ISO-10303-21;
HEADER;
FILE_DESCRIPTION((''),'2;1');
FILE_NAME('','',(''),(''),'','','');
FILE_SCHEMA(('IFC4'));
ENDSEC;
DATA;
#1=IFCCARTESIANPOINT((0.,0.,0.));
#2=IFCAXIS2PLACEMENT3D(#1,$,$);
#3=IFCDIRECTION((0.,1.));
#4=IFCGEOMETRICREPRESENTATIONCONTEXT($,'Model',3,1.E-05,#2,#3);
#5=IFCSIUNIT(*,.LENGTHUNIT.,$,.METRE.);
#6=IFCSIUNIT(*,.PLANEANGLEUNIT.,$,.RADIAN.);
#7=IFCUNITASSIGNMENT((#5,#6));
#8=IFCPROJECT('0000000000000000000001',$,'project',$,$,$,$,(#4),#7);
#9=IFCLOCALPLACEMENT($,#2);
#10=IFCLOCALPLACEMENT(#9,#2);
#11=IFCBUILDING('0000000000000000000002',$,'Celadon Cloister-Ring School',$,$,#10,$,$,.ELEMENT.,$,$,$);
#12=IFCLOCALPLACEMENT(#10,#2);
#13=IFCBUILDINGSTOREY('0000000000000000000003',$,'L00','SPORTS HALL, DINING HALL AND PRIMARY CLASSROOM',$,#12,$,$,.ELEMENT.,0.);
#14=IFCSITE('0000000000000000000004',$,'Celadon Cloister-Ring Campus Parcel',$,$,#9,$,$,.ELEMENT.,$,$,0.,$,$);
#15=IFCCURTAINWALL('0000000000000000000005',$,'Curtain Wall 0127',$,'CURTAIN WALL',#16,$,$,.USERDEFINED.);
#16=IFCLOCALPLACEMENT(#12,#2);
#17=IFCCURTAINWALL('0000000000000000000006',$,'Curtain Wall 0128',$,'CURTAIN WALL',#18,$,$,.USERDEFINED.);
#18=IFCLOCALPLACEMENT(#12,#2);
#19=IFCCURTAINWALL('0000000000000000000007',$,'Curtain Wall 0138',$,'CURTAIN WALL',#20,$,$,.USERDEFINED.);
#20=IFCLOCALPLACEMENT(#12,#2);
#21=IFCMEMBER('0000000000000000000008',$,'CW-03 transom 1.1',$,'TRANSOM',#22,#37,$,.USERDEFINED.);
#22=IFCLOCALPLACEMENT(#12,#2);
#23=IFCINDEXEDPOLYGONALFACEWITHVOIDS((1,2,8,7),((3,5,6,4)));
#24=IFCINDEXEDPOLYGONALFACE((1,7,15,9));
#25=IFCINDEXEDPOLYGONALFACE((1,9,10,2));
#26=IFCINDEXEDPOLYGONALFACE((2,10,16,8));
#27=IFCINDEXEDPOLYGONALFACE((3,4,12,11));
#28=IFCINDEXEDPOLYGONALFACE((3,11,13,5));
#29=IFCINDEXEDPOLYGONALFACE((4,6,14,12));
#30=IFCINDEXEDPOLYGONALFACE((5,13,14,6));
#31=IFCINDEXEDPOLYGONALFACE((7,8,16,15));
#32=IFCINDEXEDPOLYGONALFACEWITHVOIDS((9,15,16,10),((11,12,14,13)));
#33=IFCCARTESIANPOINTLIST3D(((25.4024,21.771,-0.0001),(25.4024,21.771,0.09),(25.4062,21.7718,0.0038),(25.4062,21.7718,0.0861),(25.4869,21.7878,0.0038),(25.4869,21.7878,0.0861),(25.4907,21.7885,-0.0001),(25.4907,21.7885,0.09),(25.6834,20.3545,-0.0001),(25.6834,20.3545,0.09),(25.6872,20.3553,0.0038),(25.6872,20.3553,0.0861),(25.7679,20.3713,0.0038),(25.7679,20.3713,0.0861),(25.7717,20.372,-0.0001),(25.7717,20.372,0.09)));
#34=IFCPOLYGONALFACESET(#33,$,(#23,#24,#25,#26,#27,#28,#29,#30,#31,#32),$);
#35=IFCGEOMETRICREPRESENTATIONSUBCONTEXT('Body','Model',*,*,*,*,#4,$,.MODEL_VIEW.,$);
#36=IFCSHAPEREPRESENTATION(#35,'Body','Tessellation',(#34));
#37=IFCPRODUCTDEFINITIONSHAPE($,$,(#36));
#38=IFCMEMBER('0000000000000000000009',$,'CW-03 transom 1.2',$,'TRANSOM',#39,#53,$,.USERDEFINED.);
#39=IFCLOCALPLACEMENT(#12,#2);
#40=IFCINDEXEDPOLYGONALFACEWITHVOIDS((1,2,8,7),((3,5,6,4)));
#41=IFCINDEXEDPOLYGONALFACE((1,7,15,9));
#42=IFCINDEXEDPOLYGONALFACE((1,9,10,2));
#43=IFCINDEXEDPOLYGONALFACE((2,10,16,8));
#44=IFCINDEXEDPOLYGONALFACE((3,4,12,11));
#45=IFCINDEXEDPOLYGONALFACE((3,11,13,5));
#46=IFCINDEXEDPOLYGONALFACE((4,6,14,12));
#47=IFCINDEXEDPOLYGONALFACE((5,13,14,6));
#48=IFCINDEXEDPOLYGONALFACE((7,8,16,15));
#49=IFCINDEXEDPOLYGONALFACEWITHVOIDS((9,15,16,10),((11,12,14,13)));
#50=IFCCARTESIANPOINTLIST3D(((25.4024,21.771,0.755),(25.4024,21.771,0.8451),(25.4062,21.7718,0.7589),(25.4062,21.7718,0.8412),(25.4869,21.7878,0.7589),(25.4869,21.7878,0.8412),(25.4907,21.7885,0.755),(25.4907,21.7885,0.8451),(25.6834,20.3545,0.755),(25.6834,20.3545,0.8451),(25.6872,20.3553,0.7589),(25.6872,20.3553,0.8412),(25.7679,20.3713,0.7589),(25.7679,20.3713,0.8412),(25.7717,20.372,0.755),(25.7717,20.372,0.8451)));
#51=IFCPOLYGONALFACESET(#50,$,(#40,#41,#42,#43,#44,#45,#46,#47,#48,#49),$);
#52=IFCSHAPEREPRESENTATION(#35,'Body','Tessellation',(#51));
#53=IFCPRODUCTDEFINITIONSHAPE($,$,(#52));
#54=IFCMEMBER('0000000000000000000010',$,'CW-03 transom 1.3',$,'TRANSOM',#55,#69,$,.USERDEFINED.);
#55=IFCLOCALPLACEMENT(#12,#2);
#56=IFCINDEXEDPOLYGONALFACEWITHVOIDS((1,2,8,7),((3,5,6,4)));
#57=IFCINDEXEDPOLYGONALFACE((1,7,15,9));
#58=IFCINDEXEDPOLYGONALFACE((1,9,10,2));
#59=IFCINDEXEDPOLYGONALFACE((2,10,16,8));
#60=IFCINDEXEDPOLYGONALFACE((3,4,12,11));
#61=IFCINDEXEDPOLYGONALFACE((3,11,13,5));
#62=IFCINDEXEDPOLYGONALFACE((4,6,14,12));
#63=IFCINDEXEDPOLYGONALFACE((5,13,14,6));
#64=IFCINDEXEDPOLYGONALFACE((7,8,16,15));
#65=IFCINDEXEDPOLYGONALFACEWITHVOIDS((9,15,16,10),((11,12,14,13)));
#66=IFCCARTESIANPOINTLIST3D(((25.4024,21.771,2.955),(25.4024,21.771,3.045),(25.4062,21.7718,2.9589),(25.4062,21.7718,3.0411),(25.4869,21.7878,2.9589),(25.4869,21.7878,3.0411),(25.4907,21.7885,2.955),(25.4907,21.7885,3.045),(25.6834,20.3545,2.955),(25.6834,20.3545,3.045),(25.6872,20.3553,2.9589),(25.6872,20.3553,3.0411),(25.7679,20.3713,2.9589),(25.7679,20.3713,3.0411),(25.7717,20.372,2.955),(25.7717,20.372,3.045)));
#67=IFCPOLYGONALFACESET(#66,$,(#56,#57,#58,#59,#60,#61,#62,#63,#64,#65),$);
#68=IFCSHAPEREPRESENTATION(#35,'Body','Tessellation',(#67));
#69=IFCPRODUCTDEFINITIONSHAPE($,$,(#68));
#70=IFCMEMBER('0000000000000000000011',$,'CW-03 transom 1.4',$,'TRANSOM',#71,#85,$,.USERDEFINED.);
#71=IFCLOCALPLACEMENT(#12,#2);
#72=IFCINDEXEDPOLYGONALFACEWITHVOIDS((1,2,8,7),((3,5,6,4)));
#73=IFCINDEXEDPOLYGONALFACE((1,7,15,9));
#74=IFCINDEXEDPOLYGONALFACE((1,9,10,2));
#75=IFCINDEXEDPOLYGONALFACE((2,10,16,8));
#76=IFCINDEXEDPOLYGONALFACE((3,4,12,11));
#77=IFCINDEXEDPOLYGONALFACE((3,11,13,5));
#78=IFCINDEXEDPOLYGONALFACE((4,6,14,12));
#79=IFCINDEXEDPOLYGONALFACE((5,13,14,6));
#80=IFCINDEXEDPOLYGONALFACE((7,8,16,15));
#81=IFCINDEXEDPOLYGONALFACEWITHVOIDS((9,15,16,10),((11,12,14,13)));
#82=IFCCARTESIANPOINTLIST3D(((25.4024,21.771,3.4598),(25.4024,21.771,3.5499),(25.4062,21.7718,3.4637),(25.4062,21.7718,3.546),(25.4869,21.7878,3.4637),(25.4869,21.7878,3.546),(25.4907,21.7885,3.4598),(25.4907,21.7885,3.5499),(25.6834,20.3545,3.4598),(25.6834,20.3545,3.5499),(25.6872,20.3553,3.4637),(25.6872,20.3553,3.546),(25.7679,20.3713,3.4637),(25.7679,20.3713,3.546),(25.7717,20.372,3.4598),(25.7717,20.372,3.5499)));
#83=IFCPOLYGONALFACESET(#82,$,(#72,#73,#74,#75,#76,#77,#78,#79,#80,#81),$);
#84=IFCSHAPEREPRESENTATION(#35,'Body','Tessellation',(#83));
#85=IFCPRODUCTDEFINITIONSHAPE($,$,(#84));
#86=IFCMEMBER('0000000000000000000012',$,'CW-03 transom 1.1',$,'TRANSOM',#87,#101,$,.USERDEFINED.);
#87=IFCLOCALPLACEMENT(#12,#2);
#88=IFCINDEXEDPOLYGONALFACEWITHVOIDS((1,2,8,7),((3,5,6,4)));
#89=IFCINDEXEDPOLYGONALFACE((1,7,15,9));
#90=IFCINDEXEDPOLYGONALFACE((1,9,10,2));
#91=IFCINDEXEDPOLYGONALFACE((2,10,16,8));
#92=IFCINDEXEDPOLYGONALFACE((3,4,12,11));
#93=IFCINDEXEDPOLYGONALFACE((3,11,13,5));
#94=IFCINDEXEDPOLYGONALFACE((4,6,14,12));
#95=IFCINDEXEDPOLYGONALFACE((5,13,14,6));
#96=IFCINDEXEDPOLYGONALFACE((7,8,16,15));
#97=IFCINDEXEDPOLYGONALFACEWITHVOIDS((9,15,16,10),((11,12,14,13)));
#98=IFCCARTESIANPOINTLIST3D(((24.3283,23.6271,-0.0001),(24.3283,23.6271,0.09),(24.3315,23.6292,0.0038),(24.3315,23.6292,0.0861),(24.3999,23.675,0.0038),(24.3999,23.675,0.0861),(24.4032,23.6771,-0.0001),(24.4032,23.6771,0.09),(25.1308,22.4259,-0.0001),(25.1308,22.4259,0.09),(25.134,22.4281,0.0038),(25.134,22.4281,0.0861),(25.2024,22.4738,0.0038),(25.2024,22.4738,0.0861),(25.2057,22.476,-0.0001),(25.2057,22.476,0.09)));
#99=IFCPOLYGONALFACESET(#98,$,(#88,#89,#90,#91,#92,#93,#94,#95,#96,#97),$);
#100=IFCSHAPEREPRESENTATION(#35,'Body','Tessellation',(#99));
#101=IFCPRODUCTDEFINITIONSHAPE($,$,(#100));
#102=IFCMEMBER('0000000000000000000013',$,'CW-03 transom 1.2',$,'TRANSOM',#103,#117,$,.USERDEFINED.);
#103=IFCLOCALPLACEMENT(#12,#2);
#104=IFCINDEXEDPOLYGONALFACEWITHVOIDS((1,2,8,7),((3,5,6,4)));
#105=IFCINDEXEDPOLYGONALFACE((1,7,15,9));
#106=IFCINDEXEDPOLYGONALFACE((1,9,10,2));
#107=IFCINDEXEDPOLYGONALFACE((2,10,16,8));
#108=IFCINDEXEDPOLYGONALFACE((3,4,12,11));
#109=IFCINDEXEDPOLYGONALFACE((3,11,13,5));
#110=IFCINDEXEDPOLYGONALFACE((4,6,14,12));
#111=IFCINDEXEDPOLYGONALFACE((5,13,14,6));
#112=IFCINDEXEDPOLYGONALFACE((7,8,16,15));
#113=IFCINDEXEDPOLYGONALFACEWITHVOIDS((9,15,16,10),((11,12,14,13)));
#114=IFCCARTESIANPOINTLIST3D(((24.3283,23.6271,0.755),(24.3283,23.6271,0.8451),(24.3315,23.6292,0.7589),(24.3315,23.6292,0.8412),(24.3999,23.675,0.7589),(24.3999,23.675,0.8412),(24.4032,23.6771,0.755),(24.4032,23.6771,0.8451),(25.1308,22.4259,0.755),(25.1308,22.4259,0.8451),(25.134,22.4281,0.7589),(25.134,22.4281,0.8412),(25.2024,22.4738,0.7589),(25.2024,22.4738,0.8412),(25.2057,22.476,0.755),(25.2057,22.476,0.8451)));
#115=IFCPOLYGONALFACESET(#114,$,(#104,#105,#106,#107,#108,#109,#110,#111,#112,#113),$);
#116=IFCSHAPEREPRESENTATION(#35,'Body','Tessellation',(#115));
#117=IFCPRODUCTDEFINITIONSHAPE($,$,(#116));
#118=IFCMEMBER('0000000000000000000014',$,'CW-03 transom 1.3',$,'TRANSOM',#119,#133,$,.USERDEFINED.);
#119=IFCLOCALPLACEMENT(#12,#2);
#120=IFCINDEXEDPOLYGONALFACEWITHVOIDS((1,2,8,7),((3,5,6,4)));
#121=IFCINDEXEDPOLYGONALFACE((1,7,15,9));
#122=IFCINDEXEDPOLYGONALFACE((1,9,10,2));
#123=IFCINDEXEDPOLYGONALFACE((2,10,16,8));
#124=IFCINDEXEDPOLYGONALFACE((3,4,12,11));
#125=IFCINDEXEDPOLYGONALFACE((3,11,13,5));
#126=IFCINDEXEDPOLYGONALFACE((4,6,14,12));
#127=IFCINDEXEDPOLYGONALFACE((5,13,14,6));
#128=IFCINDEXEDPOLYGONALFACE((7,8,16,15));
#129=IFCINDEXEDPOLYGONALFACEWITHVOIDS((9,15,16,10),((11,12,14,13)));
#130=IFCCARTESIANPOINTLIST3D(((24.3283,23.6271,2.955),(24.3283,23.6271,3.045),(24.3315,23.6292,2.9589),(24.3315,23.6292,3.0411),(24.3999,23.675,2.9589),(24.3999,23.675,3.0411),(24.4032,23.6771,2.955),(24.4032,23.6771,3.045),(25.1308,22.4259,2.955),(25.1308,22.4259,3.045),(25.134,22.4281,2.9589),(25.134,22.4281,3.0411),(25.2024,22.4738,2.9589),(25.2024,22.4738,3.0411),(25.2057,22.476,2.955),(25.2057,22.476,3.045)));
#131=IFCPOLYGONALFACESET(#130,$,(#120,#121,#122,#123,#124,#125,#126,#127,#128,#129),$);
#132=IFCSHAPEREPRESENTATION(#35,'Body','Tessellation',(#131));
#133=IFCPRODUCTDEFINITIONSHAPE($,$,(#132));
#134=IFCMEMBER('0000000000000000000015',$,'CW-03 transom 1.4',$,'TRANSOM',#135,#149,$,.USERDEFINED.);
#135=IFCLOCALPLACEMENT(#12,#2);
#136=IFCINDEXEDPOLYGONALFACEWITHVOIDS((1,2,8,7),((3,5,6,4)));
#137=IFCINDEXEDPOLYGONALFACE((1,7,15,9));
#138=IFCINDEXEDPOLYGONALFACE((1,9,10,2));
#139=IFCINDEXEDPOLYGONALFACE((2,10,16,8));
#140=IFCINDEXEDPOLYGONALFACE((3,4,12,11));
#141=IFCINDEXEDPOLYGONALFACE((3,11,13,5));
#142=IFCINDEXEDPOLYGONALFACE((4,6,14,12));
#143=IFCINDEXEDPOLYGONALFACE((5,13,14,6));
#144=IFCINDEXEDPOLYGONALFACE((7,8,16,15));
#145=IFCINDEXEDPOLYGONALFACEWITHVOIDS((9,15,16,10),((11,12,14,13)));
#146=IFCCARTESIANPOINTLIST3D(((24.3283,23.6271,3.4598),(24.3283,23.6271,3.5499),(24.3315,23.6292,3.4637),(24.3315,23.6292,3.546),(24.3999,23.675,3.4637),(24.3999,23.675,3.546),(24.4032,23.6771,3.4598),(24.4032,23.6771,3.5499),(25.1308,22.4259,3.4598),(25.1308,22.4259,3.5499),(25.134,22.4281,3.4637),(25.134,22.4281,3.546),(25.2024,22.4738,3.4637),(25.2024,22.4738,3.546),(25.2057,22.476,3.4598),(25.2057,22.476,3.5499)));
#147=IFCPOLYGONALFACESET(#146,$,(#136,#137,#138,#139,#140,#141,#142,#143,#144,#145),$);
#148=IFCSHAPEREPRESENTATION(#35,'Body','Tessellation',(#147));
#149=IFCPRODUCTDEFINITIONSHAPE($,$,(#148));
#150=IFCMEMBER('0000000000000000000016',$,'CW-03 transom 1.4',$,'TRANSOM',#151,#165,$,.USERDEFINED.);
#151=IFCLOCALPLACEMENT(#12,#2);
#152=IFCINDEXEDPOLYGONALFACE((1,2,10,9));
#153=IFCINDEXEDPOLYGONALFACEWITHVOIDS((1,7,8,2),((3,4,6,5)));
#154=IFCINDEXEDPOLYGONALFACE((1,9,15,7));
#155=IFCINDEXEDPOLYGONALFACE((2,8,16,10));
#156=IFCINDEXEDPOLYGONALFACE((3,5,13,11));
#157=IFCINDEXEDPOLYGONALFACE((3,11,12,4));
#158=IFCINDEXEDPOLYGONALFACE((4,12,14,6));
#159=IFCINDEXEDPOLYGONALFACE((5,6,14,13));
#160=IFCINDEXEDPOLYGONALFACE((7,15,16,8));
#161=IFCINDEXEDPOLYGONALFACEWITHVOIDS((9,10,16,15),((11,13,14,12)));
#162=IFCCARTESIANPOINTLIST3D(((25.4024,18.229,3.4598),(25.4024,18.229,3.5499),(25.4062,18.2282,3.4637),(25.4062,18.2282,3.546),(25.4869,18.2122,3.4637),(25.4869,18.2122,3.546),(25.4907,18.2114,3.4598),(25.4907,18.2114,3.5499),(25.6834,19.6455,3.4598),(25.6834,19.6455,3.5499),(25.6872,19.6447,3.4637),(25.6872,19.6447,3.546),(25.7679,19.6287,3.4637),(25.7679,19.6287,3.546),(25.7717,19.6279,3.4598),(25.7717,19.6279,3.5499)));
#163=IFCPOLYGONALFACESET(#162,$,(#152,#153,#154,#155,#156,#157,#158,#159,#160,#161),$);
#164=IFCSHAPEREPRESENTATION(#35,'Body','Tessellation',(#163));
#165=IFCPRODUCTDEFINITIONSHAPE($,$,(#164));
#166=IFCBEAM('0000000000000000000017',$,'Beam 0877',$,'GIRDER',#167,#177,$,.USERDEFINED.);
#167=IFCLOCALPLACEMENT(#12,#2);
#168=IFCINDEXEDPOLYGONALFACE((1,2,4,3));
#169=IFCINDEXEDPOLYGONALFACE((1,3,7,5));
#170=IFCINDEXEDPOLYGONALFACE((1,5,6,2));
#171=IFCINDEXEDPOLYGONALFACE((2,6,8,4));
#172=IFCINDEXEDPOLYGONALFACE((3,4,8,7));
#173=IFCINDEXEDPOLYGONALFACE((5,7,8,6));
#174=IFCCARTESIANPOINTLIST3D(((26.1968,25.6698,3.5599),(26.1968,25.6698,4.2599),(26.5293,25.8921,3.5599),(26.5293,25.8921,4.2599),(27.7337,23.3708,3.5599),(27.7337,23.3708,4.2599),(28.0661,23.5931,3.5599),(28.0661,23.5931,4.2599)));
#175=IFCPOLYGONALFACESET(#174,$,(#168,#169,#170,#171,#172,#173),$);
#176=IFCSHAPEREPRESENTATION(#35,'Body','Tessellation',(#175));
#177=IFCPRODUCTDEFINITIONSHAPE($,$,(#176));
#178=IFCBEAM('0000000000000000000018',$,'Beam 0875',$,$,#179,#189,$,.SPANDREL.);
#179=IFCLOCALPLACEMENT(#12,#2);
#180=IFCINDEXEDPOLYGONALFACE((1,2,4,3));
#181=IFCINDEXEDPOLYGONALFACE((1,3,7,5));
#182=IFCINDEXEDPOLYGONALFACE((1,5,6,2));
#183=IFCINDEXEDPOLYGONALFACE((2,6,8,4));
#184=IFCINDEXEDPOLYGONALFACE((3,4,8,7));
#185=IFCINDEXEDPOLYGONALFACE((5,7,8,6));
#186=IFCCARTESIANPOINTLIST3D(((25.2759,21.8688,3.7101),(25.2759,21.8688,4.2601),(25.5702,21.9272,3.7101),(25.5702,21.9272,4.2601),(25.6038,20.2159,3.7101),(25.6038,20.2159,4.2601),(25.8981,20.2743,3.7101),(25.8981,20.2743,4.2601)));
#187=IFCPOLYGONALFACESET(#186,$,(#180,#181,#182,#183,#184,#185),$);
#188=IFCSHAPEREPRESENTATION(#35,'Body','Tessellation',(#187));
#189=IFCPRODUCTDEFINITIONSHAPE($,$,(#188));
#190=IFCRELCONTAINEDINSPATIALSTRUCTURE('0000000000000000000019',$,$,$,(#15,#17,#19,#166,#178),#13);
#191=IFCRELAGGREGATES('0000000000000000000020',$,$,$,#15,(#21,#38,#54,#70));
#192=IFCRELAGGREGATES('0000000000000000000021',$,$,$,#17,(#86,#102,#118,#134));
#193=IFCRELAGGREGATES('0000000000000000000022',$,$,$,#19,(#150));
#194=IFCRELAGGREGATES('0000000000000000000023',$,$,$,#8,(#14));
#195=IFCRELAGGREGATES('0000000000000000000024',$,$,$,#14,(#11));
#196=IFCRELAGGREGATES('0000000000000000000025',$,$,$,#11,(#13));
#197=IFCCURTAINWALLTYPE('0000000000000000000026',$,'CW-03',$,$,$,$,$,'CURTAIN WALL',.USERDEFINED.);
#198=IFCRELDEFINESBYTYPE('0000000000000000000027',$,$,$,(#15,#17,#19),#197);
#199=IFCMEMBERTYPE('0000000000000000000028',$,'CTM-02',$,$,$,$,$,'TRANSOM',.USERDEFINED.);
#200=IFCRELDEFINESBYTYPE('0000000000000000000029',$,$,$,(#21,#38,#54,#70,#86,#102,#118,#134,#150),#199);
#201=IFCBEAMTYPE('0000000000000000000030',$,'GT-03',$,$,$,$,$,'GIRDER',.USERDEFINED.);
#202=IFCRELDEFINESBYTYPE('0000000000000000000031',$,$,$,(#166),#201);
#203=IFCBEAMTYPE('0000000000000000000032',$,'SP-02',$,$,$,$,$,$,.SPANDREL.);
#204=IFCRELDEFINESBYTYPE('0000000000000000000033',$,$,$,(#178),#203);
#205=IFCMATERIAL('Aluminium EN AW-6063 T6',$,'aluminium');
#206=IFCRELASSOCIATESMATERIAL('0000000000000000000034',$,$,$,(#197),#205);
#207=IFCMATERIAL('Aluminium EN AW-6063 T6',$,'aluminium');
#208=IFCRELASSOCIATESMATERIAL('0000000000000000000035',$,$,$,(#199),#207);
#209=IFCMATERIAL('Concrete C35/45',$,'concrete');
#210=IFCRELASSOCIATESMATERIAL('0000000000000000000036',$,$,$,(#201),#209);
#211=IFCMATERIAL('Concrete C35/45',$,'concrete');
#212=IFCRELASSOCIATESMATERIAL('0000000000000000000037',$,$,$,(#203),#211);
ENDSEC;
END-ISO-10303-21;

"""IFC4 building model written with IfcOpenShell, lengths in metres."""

from ifc_helpers import new_model, si_unit, direction, frame, origin, origin_2d, place, context, subcontext, project, spatial, rectangle, hollow_rectangle, extrude, material, material_profile, profile_set, type_object, element, aggregate, save


model = new_model("IFC4")

# Units and contexts
model_context = context("Model", 3, precision=1e-05, world=origin(), true_north=direction((0.0, 1.0)))
body_context = subcontext(model_context, "Body", "Model", "MODEL_VIEW")
ifc_project = project(units=[si_unit("LENGTHUNIT", "METRE"), si_unit("PLANEANGLEUNIT", "RADIAN")], contexts=[model_context])

# Site, building, storey
site_placement = place(None, origin())
site = spatial("IfcSite", under=ifc_project, at=site_placement, Name="Celadon Cloister-Ring Campus Parcel", CompositionType="ELEMENT", RefElevation=0.0)
building_placement = place(site_placement, origin())
building = spatial("IfcBuilding", under=site, at=building_placement, Name="Celadon Cloister-Ring School", CompositionType="ELEMENT")
storey_placement = place(building_placement, origin())
storey = spatial("IfcBuildingStorey", under=building, at=storey_placement, Name="L00", Description="SPORTS HALL, DINING HALL AND PRIMARY CLASSROOM", CompositionType="ELEMENT", Elevation=0.0)

# Curtain wall
ifc_material_1 = material(Name="Aluminium EN AW-6063 T6", Category="aluminium")
curtain_wall_type = type_object("IfcCurtainWallType", Name="CW-03", ElementType="CURTAIN WALL", PredefinedType="USERDEFINED", material=ifc_material_1)
curtain_wall_1_placement = place(storey_placement, origin())
curtain_wall_1 = element("IfcCurtainWall", 1, at=curtain_wall_1_placement, inside=storey, type_object=curtain_wall_type, Name="Curtain Wall 0127", ObjectType="CURTAIN WALL", PredefinedType="USERDEFINED")

# Curtain walls
curtain_wall_2_placement = place(storey_placement, origin())
curtain_wall_2 = element("IfcCurtainWall", 2, at=curtain_wall_2_placement, inside=storey, type_object=curtain_wall_type, Name="Curtain Wall 0128", ObjectType="CURTAIN WALL", PredefinedType="USERDEFINED")
curtain_wall_3_placement = place(storey_placement, origin())
curtain_wall_3 = element("IfcCurtainWall", 3, at=curtain_wall_3_placement, inside=storey, type_object=curtain_wall_type, Name="Curtain Wall 0138", ObjectType="CURTAIN WALL", PredefinedType="USERDEFINED")

# Members
ifc_material_2 = material(Name="Aluminium EN AW-6063 T6", Category="aluminium")
ifc_material_profile_1 = material_profile(ifc_material_2, hollow_rectangle(XDim=0.0901, YDim=0.0901, WallThickness=0.0039, at=origin_2d()), Name="RHS90X90X4")
ifc_profile_set_1 = profile_set([ifc_material_profile_1], Name="Aluminium EN AW-6063 T6")
member_type_1 = type_object("IfcMemberType", Name="CTM-02", ElementType="TRANSOM", PredefinedType="USERDEFINED", material=ifc_profile_set_1)
member_1_placement = place(storey_placement, frame((25.7275, 20.3633, 0.0449), z_axis=(-0.194588, 0.980885, 0.0), x_axis=(-0.980885, -0.194588, 0.0)))
member_1 = element("IfcMember", 4, at=member_1_placement, type_object=member_type_1, Name="CW-03 transom 1.1", ObjectType="TRANSOM", PredefinedType="USERDEFINED", context=body_context, shape_type="SweptSolid", body=[
    extrude(hollow_rectangle(XDim=0.0901, YDim=0.0901, WallThickness=0.0039, at=origin_2d()), origin(), (0.0, 0.0, 1.0), 1.4441),
])
member_2_placement = place(storey_placement, frame((25.7275, 20.3633, 0.8), z_axis=(-0.194588, 0.980885, 0.0), x_axis=(-0.980885, -0.194588, 0.0)))
member_2 = element("IfcMember", 5, at=member_2_placement, type_object=member_type_1, Name="CW-03 transom 1.2", ObjectType="TRANSOM", PredefinedType="USERDEFINED", context=body_context, shape_type="SweptSolid", body=[
    extrude(hollow_rectangle(XDim=0.0901, YDim=0.0901, WallThickness=0.0039, at=origin_2d()), origin(), (0.0, 0.0, 1.0), 1.4441),
])
member_3_placement = place(storey_placement, frame((25.7275, 20.3633, 3.0), z_axis=(-0.194588, 0.980885, 0.0), x_axis=(-0.980885, -0.194588, 0.0)))
member_3 = element("IfcMember", 6, at=member_3_placement, type_object=member_type_1, Name="CW-03 transom 1.3", ObjectType="TRANSOM", PredefinedType="USERDEFINED", context=body_context, shape_type="SweptSolid", body=[
    extrude(hollow_rectangle(XDim=0.0901, YDim=0.0901, WallThickness=0.0039, at=origin_2d()), origin(), (0.0, 0.0, 1.0), 1.4441),
])
member_4_placement = place(storey_placement, frame((25.7275, 20.3633, 3.5049), z_axis=(-0.194588, 0.980885, 0.0), x_axis=(-0.980885, -0.194588, 0.0)))
member_4 = element("IfcMember", 7, at=member_4_placement, type_object=member_type_1, Name="CW-03 transom 1.4", ObjectType="TRANSOM", PredefinedType="USERDEFINED", context=body_context, shape_type="SweptSolid", body=[
    extrude(hollow_rectangle(XDim=0.0901, YDim=0.0901, WallThickness=0.0039, at=origin_2d()), origin(), (0.0, 0.0, 1.0), 1.4441),
])
member_5_placement = place(storey_placement, frame((25.1682, 22.4509, 0.0449), z_axis=(-0.555519, 0.831504, 0.0), x_axis=(-0.831504, -0.555519, 0.0)))
member_5 = element("IfcMember", 8, at=member_5_placement, type_object=member_type_1, Name="CW-03 transom 1.1", ObjectType="TRANSOM", PredefinedType="USERDEFINED", context=body_context, shape_type="SweptSolid", body=[
    extrude(hollow_rectangle(XDim=0.0901, YDim=0.0901, WallThickness=0.0039, at=origin_2d()), origin(), (0.0, 0.0, 1.0), 1.4446),
])
member_6_placement = place(storey_placement, frame((25.1682, 22.4509, 0.8), z_axis=(-0.555519, 0.831504, 0.0), x_axis=(-0.831504, -0.555519, 0.0)))
member_6 = element("IfcMember", 9, at=member_6_placement, type_object=member_type_1, Name="CW-03 transom 1.2", ObjectType="TRANSOM", PredefinedType="USERDEFINED", context=body_context, shape_type="SweptSolid", body=[
    extrude(hollow_rectangle(XDim=0.0901, YDim=0.0901, WallThickness=0.0039, at=origin_2d()), origin(), (0.0, 0.0, 1.0), 1.4446),
])
member_7_placement = place(storey_placement, frame((25.1682, 22.4509, 3.0), z_axis=(-0.555519, 0.831504, 0.0), x_axis=(-0.831504, -0.555519, 0.0)))
member_7 = element("IfcMember", 10, at=member_7_placement, type_object=member_type_1, Name="CW-03 transom 1.3", ObjectType="TRANSOM", PredefinedType="USERDEFINED", context=body_context, shape_type="SweptSolid", body=[
    extrude(hollow_rectangle(XDim=0.0901, YDim=0.0901, WallThickness=0.0039, at=origin_2d()), origin(), (0.0, 0.0, 1.0), 1.4446),
])
member_8_placement = place(storey_placement, frame((25.1682, 22.4509, 3.5049), z_axis=(-0.555519, 0.831504, 0.0), x_axis=(-0.831504, -0.555519, 0.0)))
member_8 = element("IfcMember", 11, at=member_8_placement, type_object=member_type_1, Name="CW-03 transom 1.4", ObjectType="TRANSOM", PredefinedType="USERDEFINED", context=body_context, shape_type="SweptSolid", body=[
    extrude(hollow_rectangle(XDim=0.0901, YDim=0.0901, WallThickness=0.0039, at=origin_2d()), origin(), (0.0, 0.0, 1.0), 1.4446),
])
member_9_placement = place(storey_placement, frame((25.4465, 18.2202, 3.5049), z_axis=(0.194588, 0.980885, 0.0), x_axis=(-0.980885, 0.194588, 0.0)))
member_9 = element("IfcMember", 12, at=member_9_placement, type_object=member_type_1, Name="CW-03 transom 1.4", ObjectType="TRANSOM", PredefinedType="USERDEFINED", context=body_context, shape_type="SweptSolid", body=[
    extrude(hollow_rectangle(XDim=0.0901, YDim=0.0901, WallThickness=0.0039, at=origin_2d()), origin(), (0.0, 0.0, 1.0), 1.4441),
])

# Beams
ifc_material_3 = material(Name="Concrete C35/45", Category="concrete")
ifc_material_profile_2 = material_profile(ifc_material_3, rectangle(XDim=0.3999, YDim=0.7, at=origin_2d()), Name="RC400X700")
ifc_profile_set_2 = profile_set([ifc_material_profile_2], Name="Concrete C35/45")
beam_type_1 = type_object("IfcBeamType", Name="GT-03", ElementType="GIRDER", PredefinedType="USERDEFINED", material=ifc_profile_set_2)
beam_1_placement = place(storey_placement, frame((27.8999, 23.4819, 3.9099), z_axis=(-0.555739, 0.831357, 0.0), x_axis=(-0.831357, -0.555739, 0.0)))
element("IfcBeam", 13, at=beam_1_placement, inside=storey, type_object=beam_type_1, Name="Beam 0877", ObjectType="GIRDER", PredefinedType="USERDEFINED", context=body_context, shape_type="SweptSolid", body=[
    extrude(rectangle(XDim=0.3999, YDim=0.7, at=origin_2d()), origin(), (0.0, 0.0, 1.0), 2.7654),
])
ifc_material_4 = material(Name="Concrete C35/45", Category="concrete")
ifc_material_profile_3 = material_profile(ifc_material_4, rectangle(XDim=0.3, YDim=0.55, at=origin_2d()), Name="RC300X550")
ifc_profile_set_3 = profile_set([ifc_material_profile_3], Name="Concrete C35/45")
beam_type_2 = type_object("IfcBeamType", Name="SP-02", PredefinedType="SPANDREL", material=ifc_profile_set_3)
beam_2_placement = place(storey_placement, frame((25.751, 20.2451, 3.9851), z_axis=(-0.194583, 0.980886, 0.0), x_axis=(-0.980886, -0.194583, 0.0)))
element("IfcBeam", 14, at=beam_2_placement, inside=storey, type_object=beam_type_2, Name="Beam 0875", PredefinedType="SPANDREL", context=body_context, shape_type="SweptSolid", body=[
    extrude(rectangle(XDim=0.3, YDim=0.55, at=origin_2d()), origin(), (0.0, 0.0, 1.0), 1.6851),
])

aggregate(curtain_wall_1, [member_1, member_2, member_3, member_4])
aggregate(curtain_wall_2, [member_5, member_6, member_7, member_8])
aggregate(curtain_wall_3, [member_9])

save(model, "model.ifc")
